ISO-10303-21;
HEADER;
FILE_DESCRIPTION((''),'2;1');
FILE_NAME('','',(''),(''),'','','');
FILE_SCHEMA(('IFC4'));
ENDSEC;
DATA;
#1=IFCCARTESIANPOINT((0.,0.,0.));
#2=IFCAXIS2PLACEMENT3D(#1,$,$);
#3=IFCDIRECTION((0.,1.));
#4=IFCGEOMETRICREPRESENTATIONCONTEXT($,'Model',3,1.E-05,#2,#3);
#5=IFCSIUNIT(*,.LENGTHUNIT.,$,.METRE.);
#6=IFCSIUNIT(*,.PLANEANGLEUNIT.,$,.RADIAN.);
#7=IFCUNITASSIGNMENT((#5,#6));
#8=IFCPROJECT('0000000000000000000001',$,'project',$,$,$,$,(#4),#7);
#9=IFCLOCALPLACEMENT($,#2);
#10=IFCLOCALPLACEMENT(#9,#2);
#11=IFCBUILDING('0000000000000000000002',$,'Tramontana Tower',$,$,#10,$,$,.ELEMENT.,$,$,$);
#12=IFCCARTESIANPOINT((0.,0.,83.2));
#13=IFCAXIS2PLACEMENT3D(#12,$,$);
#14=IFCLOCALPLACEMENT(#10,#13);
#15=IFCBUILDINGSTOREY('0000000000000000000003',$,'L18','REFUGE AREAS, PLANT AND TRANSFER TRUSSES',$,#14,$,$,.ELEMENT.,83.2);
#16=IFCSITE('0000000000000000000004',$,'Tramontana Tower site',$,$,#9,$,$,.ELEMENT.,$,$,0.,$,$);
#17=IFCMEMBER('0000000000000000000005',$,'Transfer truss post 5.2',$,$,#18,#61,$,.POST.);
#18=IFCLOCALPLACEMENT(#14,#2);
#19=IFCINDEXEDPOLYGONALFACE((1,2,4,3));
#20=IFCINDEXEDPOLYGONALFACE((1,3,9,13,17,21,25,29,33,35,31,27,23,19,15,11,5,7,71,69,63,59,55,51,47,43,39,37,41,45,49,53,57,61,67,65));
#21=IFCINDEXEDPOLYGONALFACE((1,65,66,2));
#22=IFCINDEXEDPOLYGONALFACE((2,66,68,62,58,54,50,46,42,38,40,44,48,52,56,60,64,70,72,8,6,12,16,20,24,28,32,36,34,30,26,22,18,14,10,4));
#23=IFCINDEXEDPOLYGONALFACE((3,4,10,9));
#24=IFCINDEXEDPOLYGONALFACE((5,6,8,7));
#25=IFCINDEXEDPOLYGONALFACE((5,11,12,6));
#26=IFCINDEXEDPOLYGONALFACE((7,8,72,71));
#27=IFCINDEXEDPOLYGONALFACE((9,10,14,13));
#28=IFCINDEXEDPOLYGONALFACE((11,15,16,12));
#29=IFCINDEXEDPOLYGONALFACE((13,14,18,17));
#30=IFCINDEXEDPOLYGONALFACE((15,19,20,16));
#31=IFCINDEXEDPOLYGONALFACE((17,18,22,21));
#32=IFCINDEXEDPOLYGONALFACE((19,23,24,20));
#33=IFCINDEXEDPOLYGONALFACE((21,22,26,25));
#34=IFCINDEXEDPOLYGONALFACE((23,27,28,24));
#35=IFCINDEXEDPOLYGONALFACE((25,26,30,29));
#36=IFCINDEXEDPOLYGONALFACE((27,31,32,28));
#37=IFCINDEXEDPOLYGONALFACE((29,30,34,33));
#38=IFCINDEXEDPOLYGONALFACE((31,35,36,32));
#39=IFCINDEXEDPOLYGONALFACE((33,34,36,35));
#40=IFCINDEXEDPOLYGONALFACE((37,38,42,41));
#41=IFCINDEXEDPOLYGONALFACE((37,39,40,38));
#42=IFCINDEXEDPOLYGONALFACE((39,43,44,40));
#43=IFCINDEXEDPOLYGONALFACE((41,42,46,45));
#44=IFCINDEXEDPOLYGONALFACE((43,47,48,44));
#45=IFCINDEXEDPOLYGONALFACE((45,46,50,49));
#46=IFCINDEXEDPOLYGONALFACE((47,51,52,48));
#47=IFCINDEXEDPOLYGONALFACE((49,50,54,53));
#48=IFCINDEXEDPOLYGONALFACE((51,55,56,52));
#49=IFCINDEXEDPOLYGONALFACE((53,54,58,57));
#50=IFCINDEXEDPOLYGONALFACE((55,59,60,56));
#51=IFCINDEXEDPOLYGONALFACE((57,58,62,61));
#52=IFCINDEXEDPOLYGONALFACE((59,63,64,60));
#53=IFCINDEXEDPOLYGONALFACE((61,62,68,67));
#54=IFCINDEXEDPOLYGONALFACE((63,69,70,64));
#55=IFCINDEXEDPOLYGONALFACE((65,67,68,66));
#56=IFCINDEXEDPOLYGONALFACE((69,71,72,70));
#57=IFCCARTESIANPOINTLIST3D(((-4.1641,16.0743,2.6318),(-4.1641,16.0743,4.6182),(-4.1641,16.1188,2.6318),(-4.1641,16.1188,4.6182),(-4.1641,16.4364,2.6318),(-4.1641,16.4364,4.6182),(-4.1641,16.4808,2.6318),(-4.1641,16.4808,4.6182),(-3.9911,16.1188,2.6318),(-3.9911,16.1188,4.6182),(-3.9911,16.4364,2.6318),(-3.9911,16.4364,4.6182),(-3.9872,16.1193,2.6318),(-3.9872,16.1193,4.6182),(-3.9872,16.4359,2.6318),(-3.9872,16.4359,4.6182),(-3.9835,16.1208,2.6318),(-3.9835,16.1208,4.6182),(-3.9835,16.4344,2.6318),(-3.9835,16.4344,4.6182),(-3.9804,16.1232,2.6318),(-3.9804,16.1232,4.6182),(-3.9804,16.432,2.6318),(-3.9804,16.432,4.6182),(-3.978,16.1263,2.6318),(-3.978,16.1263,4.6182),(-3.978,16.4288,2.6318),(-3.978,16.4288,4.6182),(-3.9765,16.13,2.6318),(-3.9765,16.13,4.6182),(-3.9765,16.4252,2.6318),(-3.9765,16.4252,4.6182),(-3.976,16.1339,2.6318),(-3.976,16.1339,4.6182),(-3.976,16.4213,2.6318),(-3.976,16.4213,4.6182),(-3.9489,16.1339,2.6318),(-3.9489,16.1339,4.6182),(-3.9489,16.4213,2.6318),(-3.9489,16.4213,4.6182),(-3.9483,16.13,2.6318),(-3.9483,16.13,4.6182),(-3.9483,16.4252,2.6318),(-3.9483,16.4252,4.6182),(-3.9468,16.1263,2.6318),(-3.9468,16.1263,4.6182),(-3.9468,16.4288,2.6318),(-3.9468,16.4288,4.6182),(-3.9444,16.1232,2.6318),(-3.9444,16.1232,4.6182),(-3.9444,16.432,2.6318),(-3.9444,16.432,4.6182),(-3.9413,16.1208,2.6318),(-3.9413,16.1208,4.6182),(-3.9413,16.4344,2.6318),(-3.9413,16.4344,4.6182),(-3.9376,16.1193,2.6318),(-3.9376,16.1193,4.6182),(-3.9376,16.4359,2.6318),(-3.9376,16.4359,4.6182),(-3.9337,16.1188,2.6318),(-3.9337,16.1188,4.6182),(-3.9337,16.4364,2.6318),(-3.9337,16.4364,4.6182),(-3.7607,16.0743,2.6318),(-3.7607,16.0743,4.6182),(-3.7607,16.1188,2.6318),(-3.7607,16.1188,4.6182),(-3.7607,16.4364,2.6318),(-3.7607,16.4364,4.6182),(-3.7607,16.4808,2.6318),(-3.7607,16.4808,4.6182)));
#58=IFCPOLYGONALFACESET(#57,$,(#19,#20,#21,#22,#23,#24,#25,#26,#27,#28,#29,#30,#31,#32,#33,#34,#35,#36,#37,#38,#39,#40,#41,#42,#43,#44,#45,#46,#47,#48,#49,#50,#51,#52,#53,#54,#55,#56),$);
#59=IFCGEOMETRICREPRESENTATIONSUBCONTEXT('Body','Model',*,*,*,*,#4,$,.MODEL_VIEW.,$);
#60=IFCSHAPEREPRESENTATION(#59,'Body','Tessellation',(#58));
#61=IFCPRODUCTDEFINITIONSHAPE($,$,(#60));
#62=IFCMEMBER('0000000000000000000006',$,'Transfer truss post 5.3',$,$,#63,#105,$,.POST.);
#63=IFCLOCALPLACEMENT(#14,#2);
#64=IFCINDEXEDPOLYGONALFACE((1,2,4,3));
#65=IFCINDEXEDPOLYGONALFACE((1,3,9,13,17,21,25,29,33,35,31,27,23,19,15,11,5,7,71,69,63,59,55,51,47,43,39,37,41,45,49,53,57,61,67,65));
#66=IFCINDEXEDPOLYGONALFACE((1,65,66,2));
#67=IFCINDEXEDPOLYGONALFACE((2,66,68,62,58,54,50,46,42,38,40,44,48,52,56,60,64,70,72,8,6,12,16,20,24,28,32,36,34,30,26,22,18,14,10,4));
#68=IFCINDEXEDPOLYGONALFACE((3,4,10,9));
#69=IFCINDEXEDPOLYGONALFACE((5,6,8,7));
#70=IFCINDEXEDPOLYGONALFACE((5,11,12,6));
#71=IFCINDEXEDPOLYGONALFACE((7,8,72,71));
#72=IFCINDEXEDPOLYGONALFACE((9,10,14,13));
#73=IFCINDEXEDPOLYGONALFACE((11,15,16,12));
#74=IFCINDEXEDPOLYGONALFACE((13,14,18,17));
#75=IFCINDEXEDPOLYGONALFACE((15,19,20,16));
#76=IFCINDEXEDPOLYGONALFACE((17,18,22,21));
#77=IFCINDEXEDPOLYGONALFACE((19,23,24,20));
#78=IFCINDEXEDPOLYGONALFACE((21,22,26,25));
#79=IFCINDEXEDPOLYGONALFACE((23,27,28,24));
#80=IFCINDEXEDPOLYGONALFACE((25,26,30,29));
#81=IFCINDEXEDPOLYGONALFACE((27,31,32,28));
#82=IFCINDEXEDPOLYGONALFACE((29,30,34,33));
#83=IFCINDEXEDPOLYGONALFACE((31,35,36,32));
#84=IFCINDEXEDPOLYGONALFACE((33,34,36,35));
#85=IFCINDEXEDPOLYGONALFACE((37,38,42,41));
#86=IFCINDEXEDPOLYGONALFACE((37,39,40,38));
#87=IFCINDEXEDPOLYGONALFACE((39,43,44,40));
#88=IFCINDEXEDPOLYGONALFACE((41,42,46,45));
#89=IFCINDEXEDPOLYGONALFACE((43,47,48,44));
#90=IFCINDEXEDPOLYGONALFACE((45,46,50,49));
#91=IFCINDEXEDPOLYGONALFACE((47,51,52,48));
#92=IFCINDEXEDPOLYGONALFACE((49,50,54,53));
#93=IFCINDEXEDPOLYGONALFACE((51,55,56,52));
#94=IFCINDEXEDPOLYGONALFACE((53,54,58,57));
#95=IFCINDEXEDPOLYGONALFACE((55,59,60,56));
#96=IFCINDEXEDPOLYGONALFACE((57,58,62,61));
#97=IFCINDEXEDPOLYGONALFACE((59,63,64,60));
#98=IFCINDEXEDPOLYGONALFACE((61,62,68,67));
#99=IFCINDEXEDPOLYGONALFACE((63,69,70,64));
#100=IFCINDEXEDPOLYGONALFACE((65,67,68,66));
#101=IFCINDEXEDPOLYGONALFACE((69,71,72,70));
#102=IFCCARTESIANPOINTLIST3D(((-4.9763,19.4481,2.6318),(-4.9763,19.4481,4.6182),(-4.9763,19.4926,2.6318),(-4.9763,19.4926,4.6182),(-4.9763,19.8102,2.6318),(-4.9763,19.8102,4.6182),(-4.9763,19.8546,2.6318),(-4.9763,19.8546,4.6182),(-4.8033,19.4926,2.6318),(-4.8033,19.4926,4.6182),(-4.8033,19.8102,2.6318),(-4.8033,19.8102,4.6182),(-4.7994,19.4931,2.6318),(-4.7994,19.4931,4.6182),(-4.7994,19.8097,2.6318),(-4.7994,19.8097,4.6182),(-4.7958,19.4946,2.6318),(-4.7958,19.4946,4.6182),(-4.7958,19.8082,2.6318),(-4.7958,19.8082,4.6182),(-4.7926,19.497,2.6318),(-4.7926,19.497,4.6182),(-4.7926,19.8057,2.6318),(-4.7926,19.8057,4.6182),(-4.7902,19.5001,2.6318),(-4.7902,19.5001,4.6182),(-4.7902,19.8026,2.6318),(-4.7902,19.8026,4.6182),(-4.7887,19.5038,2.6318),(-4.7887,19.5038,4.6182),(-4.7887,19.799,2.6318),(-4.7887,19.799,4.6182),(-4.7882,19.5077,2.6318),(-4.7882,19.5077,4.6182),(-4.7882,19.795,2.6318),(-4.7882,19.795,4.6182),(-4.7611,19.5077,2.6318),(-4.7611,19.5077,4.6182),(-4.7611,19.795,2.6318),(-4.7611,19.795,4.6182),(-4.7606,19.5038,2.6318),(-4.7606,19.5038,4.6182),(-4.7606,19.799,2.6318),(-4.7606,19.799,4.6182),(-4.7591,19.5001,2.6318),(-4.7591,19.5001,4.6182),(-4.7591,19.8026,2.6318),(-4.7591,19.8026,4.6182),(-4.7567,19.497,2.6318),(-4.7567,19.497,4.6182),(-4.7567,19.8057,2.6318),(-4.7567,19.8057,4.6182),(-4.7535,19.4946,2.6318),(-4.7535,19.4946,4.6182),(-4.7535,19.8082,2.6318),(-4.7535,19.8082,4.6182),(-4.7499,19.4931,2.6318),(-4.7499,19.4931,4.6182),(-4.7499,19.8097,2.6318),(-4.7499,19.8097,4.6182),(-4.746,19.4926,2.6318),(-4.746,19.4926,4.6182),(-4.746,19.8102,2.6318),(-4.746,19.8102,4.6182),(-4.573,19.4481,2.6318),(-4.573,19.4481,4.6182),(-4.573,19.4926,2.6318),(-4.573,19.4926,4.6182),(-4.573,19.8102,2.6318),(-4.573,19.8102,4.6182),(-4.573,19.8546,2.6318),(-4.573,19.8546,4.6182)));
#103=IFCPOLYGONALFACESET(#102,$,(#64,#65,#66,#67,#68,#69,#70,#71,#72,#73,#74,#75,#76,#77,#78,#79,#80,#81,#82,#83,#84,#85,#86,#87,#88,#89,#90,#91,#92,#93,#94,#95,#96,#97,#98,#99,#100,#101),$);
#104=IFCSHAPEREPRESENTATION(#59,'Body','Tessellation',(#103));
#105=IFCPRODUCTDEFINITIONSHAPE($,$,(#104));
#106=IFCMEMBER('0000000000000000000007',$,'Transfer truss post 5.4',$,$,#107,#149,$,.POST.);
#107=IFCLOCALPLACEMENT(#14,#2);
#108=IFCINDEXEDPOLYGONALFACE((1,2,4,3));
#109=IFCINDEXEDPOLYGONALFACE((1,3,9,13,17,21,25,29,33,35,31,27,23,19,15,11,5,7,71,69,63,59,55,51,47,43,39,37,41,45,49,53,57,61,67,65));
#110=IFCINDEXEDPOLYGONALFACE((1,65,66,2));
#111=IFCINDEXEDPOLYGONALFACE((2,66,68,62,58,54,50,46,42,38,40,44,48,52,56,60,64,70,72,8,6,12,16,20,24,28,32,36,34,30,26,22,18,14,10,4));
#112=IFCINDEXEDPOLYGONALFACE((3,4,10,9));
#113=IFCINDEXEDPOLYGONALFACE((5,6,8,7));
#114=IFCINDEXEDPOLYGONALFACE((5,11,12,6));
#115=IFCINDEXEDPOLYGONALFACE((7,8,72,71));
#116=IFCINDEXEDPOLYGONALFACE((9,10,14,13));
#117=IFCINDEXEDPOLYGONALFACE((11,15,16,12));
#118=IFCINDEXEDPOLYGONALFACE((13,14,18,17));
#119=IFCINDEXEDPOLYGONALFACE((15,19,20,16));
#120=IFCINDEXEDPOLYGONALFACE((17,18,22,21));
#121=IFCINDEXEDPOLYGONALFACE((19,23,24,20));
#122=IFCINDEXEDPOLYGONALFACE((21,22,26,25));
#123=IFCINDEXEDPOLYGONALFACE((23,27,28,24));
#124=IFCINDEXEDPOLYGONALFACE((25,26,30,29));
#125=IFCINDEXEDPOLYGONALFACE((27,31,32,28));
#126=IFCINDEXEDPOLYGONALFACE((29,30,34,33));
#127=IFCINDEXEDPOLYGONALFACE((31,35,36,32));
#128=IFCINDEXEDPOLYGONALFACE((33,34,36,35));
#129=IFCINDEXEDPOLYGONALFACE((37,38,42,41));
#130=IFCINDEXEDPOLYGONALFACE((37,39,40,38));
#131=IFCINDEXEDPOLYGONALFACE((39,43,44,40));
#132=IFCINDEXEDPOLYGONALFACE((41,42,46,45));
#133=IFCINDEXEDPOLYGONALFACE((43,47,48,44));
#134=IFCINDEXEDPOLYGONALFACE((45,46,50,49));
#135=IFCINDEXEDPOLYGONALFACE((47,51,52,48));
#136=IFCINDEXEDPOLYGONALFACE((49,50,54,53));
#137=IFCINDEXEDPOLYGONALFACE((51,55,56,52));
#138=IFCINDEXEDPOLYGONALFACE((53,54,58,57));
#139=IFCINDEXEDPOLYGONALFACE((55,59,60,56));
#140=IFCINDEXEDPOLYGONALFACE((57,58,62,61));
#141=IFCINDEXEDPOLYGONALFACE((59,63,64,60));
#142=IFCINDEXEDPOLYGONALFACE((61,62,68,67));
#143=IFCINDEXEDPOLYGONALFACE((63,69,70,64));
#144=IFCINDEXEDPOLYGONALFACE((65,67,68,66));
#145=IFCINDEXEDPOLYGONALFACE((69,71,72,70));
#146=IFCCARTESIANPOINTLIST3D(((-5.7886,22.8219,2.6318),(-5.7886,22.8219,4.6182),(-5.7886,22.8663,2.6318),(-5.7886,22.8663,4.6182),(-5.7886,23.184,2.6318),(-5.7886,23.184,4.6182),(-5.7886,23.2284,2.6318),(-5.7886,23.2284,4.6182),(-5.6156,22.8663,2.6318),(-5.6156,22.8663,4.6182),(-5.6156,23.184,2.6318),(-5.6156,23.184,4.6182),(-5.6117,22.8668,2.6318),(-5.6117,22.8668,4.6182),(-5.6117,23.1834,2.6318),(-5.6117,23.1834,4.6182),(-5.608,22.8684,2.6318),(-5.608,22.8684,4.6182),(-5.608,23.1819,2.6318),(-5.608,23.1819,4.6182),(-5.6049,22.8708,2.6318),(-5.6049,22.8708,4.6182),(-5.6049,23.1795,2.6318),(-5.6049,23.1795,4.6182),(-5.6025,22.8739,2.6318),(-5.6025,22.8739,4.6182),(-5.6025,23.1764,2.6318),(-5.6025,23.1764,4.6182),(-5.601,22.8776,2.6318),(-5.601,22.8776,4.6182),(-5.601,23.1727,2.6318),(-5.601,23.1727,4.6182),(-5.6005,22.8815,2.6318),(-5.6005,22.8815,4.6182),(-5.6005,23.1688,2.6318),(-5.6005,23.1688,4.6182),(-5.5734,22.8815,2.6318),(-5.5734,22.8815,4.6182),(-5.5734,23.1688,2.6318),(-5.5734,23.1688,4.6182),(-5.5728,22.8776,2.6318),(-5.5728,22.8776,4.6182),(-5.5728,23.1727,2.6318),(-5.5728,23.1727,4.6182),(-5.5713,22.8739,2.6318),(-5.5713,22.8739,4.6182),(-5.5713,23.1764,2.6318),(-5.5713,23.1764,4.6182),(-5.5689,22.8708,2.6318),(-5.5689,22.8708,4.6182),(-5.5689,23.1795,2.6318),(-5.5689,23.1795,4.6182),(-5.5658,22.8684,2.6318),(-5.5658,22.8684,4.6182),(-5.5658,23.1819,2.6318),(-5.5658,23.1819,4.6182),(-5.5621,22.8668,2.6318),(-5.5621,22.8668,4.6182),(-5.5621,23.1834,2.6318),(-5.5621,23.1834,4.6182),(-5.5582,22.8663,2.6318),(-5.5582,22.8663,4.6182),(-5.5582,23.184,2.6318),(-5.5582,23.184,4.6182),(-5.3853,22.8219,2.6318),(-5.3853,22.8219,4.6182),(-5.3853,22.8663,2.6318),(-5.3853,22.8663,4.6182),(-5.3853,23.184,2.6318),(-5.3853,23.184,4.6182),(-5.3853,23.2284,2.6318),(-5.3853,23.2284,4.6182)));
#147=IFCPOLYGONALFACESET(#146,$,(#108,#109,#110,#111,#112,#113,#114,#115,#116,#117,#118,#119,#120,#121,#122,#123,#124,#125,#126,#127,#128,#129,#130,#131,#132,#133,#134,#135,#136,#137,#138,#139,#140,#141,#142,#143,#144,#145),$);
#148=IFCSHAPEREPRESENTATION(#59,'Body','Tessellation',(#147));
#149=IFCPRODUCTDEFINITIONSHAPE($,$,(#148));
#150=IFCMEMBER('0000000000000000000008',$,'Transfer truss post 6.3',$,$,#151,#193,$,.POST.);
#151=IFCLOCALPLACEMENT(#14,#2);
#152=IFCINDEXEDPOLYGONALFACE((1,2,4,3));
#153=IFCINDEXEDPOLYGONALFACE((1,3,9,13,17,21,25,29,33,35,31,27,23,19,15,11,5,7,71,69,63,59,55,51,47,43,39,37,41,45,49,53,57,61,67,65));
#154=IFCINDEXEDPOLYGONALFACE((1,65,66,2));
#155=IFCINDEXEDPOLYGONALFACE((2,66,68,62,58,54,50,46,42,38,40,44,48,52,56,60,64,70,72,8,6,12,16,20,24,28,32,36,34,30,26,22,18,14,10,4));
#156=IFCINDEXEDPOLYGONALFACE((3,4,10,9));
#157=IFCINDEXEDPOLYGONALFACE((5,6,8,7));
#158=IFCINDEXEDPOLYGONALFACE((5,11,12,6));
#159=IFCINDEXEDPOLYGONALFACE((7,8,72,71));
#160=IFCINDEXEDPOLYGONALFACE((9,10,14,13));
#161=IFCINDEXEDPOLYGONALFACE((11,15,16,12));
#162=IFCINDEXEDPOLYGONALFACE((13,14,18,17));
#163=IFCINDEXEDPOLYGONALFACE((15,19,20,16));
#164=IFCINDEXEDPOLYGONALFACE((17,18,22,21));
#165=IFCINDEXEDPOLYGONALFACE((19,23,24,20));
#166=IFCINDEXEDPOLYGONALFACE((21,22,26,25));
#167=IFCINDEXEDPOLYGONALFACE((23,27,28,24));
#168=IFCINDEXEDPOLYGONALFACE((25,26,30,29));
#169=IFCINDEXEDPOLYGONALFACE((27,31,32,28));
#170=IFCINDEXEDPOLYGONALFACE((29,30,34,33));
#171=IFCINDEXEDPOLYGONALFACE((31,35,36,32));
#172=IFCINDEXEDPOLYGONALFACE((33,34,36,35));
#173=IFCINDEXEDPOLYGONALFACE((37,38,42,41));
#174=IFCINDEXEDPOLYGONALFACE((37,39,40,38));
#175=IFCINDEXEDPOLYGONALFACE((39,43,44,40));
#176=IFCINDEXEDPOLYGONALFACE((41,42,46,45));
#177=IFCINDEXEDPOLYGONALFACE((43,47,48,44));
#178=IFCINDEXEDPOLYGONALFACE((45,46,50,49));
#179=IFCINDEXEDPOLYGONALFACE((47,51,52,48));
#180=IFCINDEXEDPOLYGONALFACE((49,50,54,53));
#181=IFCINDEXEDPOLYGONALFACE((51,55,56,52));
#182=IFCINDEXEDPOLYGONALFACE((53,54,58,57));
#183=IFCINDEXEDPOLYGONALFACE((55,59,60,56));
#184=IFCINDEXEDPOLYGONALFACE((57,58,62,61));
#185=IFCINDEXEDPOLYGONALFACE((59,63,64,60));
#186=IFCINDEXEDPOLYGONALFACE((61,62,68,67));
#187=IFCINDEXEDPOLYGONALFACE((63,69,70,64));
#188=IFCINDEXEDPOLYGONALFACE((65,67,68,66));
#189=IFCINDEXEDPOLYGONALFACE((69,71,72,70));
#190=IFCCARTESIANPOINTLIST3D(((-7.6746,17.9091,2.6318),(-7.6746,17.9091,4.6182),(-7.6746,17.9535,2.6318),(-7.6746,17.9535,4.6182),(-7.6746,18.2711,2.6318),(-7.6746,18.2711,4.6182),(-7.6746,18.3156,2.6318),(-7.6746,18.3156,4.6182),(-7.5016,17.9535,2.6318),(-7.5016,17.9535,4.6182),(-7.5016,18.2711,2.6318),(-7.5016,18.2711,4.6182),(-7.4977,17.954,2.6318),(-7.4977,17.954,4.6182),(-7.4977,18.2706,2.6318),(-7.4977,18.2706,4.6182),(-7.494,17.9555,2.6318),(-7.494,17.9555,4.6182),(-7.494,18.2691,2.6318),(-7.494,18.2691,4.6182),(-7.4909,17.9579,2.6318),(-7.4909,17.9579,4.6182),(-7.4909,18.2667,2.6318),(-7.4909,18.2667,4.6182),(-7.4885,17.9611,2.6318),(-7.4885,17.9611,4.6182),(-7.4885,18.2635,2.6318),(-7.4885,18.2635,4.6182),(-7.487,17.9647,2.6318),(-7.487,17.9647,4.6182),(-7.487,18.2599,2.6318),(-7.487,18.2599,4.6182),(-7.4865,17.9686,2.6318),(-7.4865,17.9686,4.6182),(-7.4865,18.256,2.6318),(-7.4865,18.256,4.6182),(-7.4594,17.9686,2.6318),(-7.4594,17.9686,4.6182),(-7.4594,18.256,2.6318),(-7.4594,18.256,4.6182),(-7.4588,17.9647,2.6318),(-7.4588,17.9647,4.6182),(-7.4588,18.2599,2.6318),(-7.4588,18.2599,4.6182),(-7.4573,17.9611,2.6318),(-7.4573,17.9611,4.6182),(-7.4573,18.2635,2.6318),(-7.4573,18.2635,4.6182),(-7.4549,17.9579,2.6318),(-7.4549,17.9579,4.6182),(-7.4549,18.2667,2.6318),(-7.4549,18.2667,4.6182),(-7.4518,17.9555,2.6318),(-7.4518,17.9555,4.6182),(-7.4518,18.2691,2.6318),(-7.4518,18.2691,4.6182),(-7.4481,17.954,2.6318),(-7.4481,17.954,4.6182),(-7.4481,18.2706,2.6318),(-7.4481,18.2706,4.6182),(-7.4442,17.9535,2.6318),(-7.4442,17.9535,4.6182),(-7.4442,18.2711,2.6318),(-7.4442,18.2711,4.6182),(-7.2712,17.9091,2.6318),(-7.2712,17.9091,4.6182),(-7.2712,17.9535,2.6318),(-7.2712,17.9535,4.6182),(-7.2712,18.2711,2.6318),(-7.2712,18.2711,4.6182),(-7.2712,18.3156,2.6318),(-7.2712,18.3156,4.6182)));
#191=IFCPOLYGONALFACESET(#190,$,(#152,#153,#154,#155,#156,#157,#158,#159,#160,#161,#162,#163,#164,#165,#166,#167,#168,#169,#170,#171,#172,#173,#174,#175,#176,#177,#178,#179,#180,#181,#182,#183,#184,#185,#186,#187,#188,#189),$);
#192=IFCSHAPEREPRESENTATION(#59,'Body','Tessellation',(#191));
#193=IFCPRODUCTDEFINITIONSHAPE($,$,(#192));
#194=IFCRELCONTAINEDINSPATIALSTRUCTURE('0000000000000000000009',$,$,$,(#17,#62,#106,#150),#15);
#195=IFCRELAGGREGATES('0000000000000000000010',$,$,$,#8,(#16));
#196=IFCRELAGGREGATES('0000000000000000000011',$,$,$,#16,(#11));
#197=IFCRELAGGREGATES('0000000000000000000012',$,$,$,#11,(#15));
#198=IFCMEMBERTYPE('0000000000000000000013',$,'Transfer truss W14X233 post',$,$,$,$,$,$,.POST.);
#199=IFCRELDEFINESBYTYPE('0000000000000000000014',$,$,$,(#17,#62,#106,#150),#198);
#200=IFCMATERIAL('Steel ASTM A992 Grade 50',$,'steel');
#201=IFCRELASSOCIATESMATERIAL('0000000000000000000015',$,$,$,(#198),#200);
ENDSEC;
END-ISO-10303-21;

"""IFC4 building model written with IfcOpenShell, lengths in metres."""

from ifc_helpers import new_model, si_unit, direction, frame, origin, origin_2d, place, context, subcontext, project, spatial, i_section, extrude, material, material_profile, profile_set, type_object, element, save


model = new_model("IFC4")

# Units and contexts
model_context = context("Model", 3, precision=1e-05, world=origin(), true_north=direction((0.0, 1.0)))
body_context = subcontext(model_context, "Body", "Model", "MODEL_VIEW")
ifc_project = project(units=[si_unit("LENGTHUNIT", "METRE"), si_unit("PLANEANGLEUNIT", "RADIAN")], contexts=[model_context])

# Site, building, storey
site_placement = place(None, origin())
site = spatial("IfcSite", under=ifc_project, at=site_placement, Name="Tramontana Tower site", CompositionType="ELEMENT", RefElevation=0.0)
building_placement = place(site_placement, origin())
building = spatial("IfcBuilding", under=site, at=building_placement, Name="Tramontana Tower", CompositionType="ELEMENT")
storey_placement = place(building_placement, frame((0.0, 0.0, 83.2)))
storey = spatial("IfcBuildingStorey", under=building, at=storey_placement, Name="L18", Description="REFUGE AREAS, PLANT AND TRANSFER TRUSSES", CompositionType="ELEMENT", Elevation=83.2)

# Members
ifc_material_1 = material(Name="Steel ASTM A992 Grade 50", Category="steel")
ifc_material_profile_1 = material_profile(ifc_material_1, i_section(OverallWidth=0.4033, OverallDepth=0.4065, WebThickness=0.0271, FlangeThickness=0.0444, FilletRadius=0.0151, at=origin_2d()), Name="W14X233")
ifc_profile_set_1 = profile_set([ifc_material_profile_1], Name="Steel ASTM A992 Grade 50")
member_type_1 = type_object("IfcMemberType", Name="Transfer truss W14X233 post", PredefinedType="POST", material=ifc_profile_set_1)
for number, where, z_axis, x_axis, name in (
    (1, (-3.9624, 16.2776, 2.6318), (0.0, 0.0, 1.0), (1.0, 0.0, 0.0), "Transfer truss post 5.2"),
    (2, (-4.7747, 19.6514, 2.6318), (0.0, 0.0, 1.0), (1.0, 0.0, 0.0), "Transfer truss post 5.3"),
    (3, (-5.5869, 23.0251, 2.6318), (0.0, 0.0, 1.0), (1.0, 0.0, 0.0), "Transfer truss post 5.4"),
    (4, (-7.4729, 18.1123, 2.6318), (0.0, 0.0, 1.0), (1.0, 0.0, 0.0), "Transfer truss post 6.3"),
):
    element("IfcMember", number, at=place(storey_placement, frame(where, z_axis=z_axis, x_axis=x_axis)), inside=storey, type_object=member_type_1, Name=name, PredefinedType="POST", context=body_context, shape_type="SweptSolid", body=[
        extrude(i_section(OverallWidth=0.4033, OverallDepth=0.4065, WebThickness=0.0271, FlangeThickness=0.0444, FilletRadius=0.0151, at=origin_2d()), origin(), (0.0, 0.0, 1.0), 1.9863),
    ])

save(model, "model.ifc")
